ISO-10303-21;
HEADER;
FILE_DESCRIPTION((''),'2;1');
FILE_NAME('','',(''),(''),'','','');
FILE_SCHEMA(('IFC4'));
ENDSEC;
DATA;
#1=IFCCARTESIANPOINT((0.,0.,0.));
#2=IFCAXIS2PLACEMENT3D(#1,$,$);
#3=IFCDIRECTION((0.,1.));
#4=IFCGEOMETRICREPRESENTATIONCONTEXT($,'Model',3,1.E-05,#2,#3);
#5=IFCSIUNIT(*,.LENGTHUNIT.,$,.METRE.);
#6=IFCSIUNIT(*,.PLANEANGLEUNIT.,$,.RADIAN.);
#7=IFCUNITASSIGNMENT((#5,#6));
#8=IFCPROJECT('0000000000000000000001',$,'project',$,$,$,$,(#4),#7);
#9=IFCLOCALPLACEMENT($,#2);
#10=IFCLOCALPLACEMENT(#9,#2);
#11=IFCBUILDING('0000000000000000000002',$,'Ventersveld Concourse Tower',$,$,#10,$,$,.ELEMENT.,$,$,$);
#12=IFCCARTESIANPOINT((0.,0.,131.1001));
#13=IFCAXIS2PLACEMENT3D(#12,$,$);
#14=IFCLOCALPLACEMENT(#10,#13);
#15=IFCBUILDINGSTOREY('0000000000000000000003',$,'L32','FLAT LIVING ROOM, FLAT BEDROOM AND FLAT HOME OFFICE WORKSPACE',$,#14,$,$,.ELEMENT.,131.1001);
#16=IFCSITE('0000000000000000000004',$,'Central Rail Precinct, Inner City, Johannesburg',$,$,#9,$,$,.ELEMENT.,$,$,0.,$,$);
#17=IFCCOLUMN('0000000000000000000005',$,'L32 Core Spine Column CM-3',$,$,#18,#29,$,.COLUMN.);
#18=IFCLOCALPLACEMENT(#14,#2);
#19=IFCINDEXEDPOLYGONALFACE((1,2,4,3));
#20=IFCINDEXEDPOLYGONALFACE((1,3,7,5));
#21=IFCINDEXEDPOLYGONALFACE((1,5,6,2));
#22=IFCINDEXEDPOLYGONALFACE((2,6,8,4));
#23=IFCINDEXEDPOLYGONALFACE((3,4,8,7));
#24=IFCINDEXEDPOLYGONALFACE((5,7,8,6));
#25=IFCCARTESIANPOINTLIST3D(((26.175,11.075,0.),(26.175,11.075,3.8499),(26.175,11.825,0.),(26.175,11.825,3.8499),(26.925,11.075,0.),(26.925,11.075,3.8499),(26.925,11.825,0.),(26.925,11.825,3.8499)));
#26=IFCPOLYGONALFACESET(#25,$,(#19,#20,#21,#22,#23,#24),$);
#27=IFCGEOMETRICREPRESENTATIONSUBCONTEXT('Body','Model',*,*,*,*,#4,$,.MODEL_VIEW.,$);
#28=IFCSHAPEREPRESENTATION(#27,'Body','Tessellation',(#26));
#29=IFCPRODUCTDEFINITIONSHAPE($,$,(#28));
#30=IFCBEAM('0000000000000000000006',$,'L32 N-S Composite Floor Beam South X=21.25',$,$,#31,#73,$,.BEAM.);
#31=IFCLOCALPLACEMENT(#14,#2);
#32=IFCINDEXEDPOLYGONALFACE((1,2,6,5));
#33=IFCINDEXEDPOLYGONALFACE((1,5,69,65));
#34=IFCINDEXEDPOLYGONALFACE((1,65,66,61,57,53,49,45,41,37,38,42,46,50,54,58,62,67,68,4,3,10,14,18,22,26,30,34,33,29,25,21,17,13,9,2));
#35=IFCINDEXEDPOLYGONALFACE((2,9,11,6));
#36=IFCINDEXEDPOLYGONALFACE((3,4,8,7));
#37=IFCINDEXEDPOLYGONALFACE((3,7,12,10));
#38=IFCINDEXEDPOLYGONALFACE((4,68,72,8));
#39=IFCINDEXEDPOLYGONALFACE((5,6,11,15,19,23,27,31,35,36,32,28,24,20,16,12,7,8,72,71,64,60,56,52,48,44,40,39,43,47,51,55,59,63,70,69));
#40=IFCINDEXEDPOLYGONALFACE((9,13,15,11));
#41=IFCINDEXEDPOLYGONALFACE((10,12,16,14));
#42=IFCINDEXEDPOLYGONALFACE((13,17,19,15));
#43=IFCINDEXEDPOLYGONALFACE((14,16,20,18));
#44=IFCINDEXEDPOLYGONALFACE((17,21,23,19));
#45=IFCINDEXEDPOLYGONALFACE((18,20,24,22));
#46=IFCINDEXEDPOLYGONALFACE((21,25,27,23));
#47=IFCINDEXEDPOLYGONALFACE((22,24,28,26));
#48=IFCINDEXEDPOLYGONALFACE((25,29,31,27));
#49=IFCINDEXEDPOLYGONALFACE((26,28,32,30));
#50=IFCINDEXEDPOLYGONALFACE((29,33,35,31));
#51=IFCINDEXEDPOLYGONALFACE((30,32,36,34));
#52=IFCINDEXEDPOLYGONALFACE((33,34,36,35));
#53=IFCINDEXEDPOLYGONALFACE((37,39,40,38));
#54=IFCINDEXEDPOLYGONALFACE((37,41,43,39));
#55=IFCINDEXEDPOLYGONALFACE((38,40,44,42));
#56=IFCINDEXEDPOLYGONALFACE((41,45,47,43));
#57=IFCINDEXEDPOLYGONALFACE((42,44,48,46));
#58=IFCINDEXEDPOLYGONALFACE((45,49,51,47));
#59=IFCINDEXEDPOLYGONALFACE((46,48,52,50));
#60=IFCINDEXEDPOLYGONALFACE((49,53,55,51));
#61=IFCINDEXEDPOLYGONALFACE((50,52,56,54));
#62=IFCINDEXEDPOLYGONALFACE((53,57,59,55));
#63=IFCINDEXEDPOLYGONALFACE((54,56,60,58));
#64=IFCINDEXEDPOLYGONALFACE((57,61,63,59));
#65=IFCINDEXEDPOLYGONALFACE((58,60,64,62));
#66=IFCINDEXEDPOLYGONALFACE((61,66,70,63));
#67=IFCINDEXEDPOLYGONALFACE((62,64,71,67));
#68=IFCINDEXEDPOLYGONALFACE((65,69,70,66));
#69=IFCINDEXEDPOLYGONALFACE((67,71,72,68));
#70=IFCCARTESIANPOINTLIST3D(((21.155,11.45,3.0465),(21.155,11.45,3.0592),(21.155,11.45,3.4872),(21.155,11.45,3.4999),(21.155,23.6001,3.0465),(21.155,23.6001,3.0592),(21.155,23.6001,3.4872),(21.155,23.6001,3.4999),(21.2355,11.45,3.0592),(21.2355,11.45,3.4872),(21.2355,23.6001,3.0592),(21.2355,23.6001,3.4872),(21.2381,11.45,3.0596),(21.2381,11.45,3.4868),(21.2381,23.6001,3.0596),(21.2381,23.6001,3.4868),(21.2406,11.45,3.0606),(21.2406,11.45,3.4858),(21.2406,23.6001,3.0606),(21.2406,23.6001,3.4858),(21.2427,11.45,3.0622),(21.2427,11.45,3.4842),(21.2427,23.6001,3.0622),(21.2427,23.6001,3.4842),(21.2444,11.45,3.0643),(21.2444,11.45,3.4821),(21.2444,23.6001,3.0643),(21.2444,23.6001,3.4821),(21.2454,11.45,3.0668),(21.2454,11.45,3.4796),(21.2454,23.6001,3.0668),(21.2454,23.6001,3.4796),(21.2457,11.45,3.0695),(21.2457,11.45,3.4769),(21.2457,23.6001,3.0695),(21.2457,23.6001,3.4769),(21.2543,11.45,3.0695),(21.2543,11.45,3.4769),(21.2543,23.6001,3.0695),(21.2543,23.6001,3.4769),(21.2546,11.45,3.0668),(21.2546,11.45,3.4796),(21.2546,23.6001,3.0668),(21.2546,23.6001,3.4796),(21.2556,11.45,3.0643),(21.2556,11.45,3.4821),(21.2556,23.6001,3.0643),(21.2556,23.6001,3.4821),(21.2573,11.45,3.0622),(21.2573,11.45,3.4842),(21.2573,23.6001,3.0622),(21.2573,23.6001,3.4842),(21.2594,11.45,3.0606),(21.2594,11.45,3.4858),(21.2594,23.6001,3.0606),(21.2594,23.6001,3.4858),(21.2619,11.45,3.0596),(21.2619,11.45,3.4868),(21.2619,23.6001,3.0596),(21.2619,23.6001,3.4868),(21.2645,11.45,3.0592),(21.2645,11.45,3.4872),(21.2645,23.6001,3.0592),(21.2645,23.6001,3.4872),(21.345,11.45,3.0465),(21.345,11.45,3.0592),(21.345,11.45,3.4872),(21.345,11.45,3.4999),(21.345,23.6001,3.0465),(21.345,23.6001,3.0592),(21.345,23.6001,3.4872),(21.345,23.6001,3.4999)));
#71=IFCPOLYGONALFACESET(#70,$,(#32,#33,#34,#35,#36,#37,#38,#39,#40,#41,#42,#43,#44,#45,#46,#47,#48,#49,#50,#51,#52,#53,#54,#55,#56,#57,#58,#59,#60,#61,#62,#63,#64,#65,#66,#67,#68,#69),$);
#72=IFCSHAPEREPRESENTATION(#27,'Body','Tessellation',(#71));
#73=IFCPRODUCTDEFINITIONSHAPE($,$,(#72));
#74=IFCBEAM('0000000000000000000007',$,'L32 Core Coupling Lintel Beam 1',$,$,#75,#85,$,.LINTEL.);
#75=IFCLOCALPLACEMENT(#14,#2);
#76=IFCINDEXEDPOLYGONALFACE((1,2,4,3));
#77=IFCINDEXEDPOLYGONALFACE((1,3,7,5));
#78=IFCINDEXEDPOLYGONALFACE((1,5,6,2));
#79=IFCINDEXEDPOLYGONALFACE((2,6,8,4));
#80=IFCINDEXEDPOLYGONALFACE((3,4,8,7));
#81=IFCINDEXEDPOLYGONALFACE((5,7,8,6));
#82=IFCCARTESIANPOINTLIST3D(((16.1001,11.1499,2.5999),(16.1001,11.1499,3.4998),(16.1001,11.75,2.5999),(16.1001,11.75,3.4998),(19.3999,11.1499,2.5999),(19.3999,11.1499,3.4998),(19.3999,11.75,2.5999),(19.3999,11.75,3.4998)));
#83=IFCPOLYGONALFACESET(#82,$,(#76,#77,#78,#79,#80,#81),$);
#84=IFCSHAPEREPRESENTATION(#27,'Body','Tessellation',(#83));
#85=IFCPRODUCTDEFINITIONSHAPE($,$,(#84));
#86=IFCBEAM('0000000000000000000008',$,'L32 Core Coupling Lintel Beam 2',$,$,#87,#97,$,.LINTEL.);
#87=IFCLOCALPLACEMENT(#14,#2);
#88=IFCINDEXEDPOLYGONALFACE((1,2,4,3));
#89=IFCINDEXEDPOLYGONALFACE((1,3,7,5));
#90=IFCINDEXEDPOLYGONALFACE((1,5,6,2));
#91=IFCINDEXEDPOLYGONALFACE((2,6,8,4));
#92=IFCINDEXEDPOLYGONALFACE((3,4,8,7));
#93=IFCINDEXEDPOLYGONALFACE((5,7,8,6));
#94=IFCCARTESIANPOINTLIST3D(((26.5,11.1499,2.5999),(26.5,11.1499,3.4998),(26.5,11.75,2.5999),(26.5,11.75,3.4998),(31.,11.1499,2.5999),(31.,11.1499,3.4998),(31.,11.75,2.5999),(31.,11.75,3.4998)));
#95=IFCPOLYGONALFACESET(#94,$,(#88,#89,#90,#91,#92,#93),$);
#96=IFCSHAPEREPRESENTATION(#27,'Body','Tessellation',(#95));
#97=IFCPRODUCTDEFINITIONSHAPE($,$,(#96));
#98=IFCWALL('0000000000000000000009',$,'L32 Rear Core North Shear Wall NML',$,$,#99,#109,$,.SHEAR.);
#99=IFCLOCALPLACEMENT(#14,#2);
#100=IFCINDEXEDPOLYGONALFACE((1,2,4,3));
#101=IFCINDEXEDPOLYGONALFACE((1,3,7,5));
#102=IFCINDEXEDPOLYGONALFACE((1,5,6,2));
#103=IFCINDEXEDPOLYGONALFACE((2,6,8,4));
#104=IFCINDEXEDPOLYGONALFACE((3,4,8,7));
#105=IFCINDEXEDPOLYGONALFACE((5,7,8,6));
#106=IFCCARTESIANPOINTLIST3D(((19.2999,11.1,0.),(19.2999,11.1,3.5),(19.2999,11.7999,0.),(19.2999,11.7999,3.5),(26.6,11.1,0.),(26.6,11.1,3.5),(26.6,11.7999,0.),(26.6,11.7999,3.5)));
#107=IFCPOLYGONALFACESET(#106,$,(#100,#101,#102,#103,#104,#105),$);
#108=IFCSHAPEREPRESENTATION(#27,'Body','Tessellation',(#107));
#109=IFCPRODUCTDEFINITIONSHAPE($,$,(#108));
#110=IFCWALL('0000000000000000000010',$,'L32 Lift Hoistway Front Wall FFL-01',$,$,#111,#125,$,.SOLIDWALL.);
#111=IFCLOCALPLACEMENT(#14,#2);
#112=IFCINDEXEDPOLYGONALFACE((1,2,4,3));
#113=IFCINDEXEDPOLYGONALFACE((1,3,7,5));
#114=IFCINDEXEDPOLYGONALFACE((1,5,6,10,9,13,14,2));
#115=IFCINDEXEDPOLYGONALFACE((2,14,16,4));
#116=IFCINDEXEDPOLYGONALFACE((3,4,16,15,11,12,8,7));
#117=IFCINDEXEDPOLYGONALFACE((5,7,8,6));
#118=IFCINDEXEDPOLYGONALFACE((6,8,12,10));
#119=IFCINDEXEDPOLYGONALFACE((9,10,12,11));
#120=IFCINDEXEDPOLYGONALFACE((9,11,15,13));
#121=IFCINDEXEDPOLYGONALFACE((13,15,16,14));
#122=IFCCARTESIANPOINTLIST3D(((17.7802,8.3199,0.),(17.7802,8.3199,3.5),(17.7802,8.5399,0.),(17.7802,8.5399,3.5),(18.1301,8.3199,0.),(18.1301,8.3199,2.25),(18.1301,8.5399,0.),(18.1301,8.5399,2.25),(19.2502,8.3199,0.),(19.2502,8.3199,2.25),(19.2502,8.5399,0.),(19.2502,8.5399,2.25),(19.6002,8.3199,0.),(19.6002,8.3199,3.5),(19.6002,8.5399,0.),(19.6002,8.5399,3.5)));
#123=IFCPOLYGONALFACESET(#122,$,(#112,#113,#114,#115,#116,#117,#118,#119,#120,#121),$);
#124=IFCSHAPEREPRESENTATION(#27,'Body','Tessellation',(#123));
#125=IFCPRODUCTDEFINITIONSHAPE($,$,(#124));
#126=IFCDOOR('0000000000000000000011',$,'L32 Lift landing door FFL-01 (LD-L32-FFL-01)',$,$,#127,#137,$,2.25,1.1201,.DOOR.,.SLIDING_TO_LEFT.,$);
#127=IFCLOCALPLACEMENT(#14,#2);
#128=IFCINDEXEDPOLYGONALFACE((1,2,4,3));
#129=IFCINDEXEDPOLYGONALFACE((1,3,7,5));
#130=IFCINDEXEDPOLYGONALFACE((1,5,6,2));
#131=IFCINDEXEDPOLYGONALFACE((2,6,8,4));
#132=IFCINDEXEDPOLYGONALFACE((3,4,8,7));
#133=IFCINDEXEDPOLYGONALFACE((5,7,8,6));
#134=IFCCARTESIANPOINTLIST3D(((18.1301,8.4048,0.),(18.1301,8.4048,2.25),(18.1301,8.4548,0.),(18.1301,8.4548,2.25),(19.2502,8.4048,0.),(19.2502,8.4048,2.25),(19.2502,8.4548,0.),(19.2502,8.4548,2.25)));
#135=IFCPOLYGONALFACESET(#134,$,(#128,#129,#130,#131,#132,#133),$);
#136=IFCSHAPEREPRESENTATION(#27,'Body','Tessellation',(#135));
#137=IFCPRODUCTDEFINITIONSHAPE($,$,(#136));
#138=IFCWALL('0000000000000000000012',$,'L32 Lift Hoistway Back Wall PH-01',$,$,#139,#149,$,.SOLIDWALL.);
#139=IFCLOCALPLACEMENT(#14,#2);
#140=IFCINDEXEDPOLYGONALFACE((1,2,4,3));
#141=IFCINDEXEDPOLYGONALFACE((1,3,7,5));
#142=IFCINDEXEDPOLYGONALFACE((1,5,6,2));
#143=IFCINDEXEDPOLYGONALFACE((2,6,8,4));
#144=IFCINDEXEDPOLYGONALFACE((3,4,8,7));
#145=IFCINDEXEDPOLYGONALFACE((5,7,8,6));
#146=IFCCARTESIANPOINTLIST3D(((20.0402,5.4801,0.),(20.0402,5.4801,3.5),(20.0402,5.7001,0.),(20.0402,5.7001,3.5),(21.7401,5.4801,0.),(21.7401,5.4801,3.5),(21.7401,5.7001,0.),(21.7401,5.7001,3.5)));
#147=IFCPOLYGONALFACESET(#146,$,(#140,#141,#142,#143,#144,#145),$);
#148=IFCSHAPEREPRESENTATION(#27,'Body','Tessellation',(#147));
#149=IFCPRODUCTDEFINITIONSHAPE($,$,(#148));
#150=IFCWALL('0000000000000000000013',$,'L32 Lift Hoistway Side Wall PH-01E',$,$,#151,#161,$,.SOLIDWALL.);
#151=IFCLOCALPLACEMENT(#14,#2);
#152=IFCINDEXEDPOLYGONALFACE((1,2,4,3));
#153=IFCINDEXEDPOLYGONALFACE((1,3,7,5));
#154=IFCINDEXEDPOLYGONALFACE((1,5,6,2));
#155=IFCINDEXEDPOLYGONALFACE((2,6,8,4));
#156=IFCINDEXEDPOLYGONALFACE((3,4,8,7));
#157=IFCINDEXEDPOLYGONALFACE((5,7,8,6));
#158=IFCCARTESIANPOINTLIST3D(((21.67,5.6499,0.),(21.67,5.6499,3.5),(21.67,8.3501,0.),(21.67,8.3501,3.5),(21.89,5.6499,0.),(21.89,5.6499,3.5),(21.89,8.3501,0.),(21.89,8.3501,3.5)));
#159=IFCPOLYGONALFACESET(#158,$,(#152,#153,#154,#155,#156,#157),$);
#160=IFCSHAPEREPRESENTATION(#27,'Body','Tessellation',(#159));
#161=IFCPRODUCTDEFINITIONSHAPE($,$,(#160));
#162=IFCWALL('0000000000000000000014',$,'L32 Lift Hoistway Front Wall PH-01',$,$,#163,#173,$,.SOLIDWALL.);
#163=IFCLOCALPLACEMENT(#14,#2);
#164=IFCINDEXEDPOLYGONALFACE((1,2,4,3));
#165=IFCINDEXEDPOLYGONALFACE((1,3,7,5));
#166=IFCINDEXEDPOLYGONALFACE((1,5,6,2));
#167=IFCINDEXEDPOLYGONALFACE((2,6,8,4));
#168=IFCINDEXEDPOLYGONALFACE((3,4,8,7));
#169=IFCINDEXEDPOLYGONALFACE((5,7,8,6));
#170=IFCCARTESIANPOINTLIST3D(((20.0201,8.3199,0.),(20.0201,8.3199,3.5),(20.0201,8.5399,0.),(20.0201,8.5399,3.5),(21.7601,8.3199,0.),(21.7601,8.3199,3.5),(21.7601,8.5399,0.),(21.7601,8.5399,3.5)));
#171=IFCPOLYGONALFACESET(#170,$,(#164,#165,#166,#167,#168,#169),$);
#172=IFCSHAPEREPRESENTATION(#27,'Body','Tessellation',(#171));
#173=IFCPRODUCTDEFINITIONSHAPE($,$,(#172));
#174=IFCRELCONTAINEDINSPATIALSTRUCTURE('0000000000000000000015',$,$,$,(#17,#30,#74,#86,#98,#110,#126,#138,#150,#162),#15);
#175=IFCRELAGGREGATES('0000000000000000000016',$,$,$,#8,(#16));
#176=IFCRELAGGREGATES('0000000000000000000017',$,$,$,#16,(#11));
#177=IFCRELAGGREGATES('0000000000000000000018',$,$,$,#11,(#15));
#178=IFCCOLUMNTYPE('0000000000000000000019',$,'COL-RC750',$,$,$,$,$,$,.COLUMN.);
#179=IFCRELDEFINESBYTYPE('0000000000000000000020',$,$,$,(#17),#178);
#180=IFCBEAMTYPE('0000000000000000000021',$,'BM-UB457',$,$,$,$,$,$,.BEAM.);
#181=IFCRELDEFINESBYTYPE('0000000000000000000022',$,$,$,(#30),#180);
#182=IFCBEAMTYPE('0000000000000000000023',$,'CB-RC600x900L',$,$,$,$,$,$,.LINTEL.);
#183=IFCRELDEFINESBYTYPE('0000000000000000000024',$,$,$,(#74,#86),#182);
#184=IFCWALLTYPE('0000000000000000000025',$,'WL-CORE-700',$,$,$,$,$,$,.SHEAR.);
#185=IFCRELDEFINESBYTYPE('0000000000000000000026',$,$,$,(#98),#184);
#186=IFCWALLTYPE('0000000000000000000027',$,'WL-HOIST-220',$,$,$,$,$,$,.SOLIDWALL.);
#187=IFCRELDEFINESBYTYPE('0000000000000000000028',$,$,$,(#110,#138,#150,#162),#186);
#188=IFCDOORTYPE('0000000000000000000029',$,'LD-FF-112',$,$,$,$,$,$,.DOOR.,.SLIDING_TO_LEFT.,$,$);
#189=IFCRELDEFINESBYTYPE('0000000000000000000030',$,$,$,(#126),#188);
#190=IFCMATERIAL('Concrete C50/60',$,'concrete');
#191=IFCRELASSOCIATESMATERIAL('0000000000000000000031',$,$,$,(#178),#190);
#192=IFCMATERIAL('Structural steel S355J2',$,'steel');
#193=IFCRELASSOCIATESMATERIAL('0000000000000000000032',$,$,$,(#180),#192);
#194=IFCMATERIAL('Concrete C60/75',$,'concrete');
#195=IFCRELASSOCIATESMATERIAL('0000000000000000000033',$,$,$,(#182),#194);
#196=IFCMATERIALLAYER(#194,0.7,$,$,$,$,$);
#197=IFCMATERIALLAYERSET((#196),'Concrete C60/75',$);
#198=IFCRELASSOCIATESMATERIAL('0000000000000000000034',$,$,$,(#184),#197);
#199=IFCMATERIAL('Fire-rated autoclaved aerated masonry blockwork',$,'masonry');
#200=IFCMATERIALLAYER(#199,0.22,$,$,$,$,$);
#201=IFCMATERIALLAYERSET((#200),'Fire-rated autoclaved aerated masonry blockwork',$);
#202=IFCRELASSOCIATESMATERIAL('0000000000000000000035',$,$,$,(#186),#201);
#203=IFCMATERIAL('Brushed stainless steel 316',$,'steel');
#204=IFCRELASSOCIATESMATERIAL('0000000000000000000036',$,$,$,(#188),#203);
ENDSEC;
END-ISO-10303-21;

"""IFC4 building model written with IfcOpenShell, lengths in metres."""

from ifc_helpers import new_model, si_unit, direction, frame, frame_2d, origin, origin_2d, place, context, subcontext, project, spatial, rectangle, i_section, extrude, material, layer, layer_set, material_profile, profile_set, type_object, element, fill, save


model = new_model("IFC4")

# Units and contexts
model_context = context("Model", 3, precision=1e-05, world=origin(), true_north=direction((0.0, 1.0)))
body_context = subcontext(model_context, "Body", "Model", "MODEL_VIEW")
ifc_project = project(units=[si_unit("LENGTHUNIT", "METRE"), si_unit("PLANEANGLEUNIT", "RADIAN")], contexts=[model_context])

# Site, building, storey
site_placement = place(None, origin())
site = spatial("IfcSite", under=ifc_project, at=site_placement, Name="Central Rail Precinct, Inner City, Johannesburg", CompositionType="ELEMENT", RefElevation=0.0)
building_placement = place(site_placement, origin())
building = spatial("IfcBuilding", under=site, at=building_placement, Name="Ventersveld Concourse Tower", CompositionType="ELEMENT")
storey_placement = place(building_placement, frame((0.0, 0.0, 131.1001)))
storey = spatial("IfcBuildingStorey", under=building, at=storey_placement, Name="L32", Description="FLAT LIVING ROOM, FLAT BEDROOM AND FLAT HOME OFFICE WORKSPACE", CompositionType="ELEMENT", Elevation=131.1001)

# Column
ifc_material_1 = material(Name="Concrete C50/60", Category="concrete")
ifc_material_profile_1 = material_profile(ifc_material_1, rectangle(XDim=0.75, YDim=0.75, at=origin_2d()), Name="RC 750x750")
ifc_profile_set_1 = profile_set([ifc_material_profile_1], Name="Concrete C50/60")
column_type = type_object("IfcColumnType", Name="COL-RC750", PredefinedType="COLUMN", material=ifc_profile_set_1)
column_placement = place(storey_placement, frame((26.55, 11.45, 0.0), z_axis=(0.0, 0.0, 1.0), x_axis=(1.0, 0.0, 0.0)))
element("IfcColumn", 1, at=column_placement, inside=storey, type_object=column_type, Name="L32 Core Spine Column CM-3", PredefinedType="COLUMN", context=body_context, shape_type="SweptSolid", body=[
    extrude(rectangle(XDim=0.75, YDim=0.75, at=origin_2d()), origin(), (0.0, 0.0, 1.0), 3.8499),
])

# Beams
ifc_material_2 = material(Name="Structural steel S355J2", Category="steel")
ifc_material_profile_2 = material_profile(ifc_material_2, i_section(OverallWidth=0.1899, OverallDepth=0.4534, WebThickness=0.0085, FlangeThickness=0.0127, FilletRadius=0.0103, at=origin_2d()), Name="UB 457x191x67")
ifc_profile_set_2 = profile_set([ifc_material_profile_2], Name="Structural steel S355J2")
beam_type_1 = type_object("IfcBeamType", Name="BM-UB457", PredefinedType="BEAM", material=ifc_profile_set_2)
beam_1_placement = place(storey_placement, frame((21.25, 11.45, 3.2732), z_axis=(0.0, 1.0, 0.0), x_axis=(-1.0, 0.0, 0.0)))
element("IfcBeam", 2, at=beam_1_placement, inside=storey, type_object=beam_type_1, Name="L32 N-S Composite Floor Beam South X=21.25", PredefinedType="BEAM", context=body_context, shape_type="SweptSolid", body=[
    extrude(i_section(OverallWidth=0.1899, OverallDepth=0.4534, WebThickness=0.0085, FlangeThickness=0.0127, FilletRadius=0.0103, at=origin_2d()), origin(), (0.0, 0.0, 1.0), 12.1501),
])
ifc_material_3 = material(Name="Concrete C60/75", Category="concrete")
ifc_material_profile_3 = material_profile(ifc_material_3, rectangle(XDim=0.6001, YDim=0.8999, at=origin_2d()), Name="RC 600x900")
ifc_profile_set_3 = profile_set([ifc_material_profile_3], Name="Concrete C60/75")
beam_type_2 = type_object("IfcBeamType", Name="CB-RC600x900L", PredefinedType="LINTEL", material=ifc_profile_set_3)
beam_2_placement = place(storey_placement, frame((16.1001, 11.45, 3.0498), z_axis=(1.0, 0.0, 0.0), x_axis=(0.0, 1.0, 0.0)))
element("IfcBeam", 3, at=beam_2_placement, inside=storey, type_object=beam_type_2, Name="L32 Core Coupling Lintel Beam 1", PredefinedType="LINTEL", context=body_context, shape_type="SweptSolid", body=[
    extrude(rectangle(XDim=0.6001, YDim=0.8999, at=origin_2d()), origin(), (0.0, 0.0, 1.0), 3.2998),
])
beam_3_placement = place(storey_placement, frame((26.5, 11.45, 3.0498), z_axis=(1.0, 0.0, 0.0), x_axis=(0.0, 1.0, 0.0)))
element("IfcBeam", 4, at=beam_3_placement, inside=storey, type_object=beam_type_2, Name="L32 Core Coupling Lintel Beam 2", PredefinedType="LINTEL", context=body_context, shape_type="SweptSolid", body=[
    extrude(rectangle(XDim=0.6001, YDim=0.8999, at=origin_2d()), origin(), (0.0, 0.0, 1.0), 4.5),
])

# Wall
ifc_layer_1 = layer(ifc_material_3, 0.7)
ifc_layer_set_1 = layer_set([ifc_layer_1], Name="Concrete C60/75")
wall_type_1 = type_object("IfcWallType", Name="WL-CORE-700", PredefinedType="SHEAR", material=ifc_layer_set_1)
wall_1_placement = place(storey_placement, frame((19.3, 11.45, 0.0), z_axis=(0.0, 0.0, 1.0), x_axis=(1.0, 0.0, 0.0)))
element("IfcWall", 5, at=wall_1_placement, inside=storey, type_object=wall_type_1, Name="L32 Rear Core North Shear Wall NML", PredefinedType="SHEAR", context=body_context, shape_type="SweptSolid", body=[
    extrude(rectangle(XDim=7.3, YDim=0.7, at=frame_2d((3.6499, 0.0))), origin(), (0.0, 0.0, 1.0), 3.5),
])

# Wall, opening, door
ifc_material_4 = material(Name="Fire-rated autoclaved aerated masonry blockwork", Category="masonry")
ifc_layer_2 = layer(ifc_material_4, 0.22)
ifc_layer_set_2 = layer_set([ifc_layer_2], Name="Fire-rated autoclaved aerated masonry blockwork")
wall_type_2 = type_object("IfcWallType", Name="WL-HOIST-220", PredefinedType="SOLIDWALL", material=ifc_layer_set_2)
wall_2_placement = place(storey_placement, frame((17.78, 8.4299, 0.0), z_axis=(0.0, 0.0, 1.0), x_axis=(1.0, 0.0, 0.0)))
wall_2 = element("IfcWall", 6, at=wall_2_placement, inside=storey, type_object=wall_type_2, Name="L32 Lift Hoistway Front Wall FFL-01", PredefinedType="SOLIDWALL", context=body_context, shape_type="SweptSolid", body=[
    extrude(rectangle(XDim=1.8201, YDim=0.22, at=frame_2d((0.9102, 0.0))), origin(), (0.0, 0.0, 1.0), 3.5),
])
opening_1_placement = place(wall_2_placement, frame((0.3501, 0.0, 0.0)))
opening_1 = element("IfcOpeningElement", 7, at=opening_1_placement, cuts=wall_2, PredefinedType="OPENING", context=body_context, shape_type="SweptSolid", body=[
    extrude(rectangle(XDim=1.1201, YDim=2.25, at=frame_2d((0.5601, 1.125))), frame((0.0, 0.1201, 0.0), z_axis=(0.0, -1.0, 0.0), x_axis=(1.0, 0.0, 0.0)), (0.0, 0.0, 1.0), 0.24),
])
ifc_material_5 = material(Name="Brushed stainless steel 316", Category="steel")
door_type_1 = type_object("IfcDoorType", Name="LD-FF-112", OperationType="SLIDING_TO_LEFT", PredefinedType="DOOR", material=ifc_material_5)
door_1_placement = place(opening_1_placement, origin())
door_1 = element("IfcDoor", 8, at=door_1_placement, inside=storey, type_object=door_type_1, Name="L32 Lift landing door FFL-01 (LD-L32-FFL-01)", OperationType="SLIDING_TO_LEFT", OverallHeight=2.25, OverallWidth=1.1201, PredefinedType="DOOR", context=body_context, shape_type="SweptSolid", body=[
    extrude(rectangle(XDim=1.1201, YDim=2.25, at=frame_2d((0.5601, 1.125))), frame((0.0, 0.0249, 0.0), z_axis=(0.0, -1.0, 0.0), x_axis=(1.0, 0.0, 0.0)), (0.0, 0.0, 1.0), 0.05),
])
fill(opening_1, door_1)

# Walls
wall_3_placement = place(storey_placement, frame((20.04, 5.5901, 0.0), z_axis=(0.0, 0.0, 1.0), x_axis=(1.0, 0.0, 0.0)))
element("IfcWall", 9, at=wall_3_placement, inside=storey, type_object=wall_type_2, Name="L32 Lift Hoistway Back Wall PH-01", PredefinedType="SOLIDWALL", context=body_context, shape_type="SweptSolid", body=[
    extrude(rectangle(XDim=1.7, YDim=0.22, at=frame_2d((0.8501, 0.0))), origin(), (0.0, 0.0, 1.0), 3.5),
])
wall_4_placement = place(storey_placement, frame((21.78, 5.6499, 0.0), z_axis=(0.0, 0.0, 1.0), x_axis=(0.0, 1.0, 0.0)))
element("IfcWall", 10, at=wall_4_placement, inside=storey, type_object=wall_type_2, Name="L32 Lift Hoistway Side Wall PH-01E", PredefinedType="SOLIDWALL", context=body_context, shape_type="SweptSolid", body=[
    extrude(rectangle(XDim=2.7002, YDim=0.22, at=frame_2d((1.3501, 0.0))), origin(), (0.0, 0.0, 1.0), 3.5),
])
wall_5_placement = place(storey_placement, frame((20.02, 8.4299, 0.0), z_axis=(0.0, 0.0, 1.0), x_axis=(1.0, 0.0, 0.0)))
element("IfcWall", 11, at=wall_5_placement, inside=storey, type_object=wall_type_2, Name="L32 Lift Hoistway Front Wall PH-01", PredefinedType="SOLIDWALL", context=body_context, shape_type="SweptSolid", body=[
    extrude(rectangle(XDim=1.74, YDim=0.22, at=frame_2d((0.8701, 0.0))), origin(), (0.0, 0.0, 1.0), 3.5),
])

save(model, "model.ifc")
